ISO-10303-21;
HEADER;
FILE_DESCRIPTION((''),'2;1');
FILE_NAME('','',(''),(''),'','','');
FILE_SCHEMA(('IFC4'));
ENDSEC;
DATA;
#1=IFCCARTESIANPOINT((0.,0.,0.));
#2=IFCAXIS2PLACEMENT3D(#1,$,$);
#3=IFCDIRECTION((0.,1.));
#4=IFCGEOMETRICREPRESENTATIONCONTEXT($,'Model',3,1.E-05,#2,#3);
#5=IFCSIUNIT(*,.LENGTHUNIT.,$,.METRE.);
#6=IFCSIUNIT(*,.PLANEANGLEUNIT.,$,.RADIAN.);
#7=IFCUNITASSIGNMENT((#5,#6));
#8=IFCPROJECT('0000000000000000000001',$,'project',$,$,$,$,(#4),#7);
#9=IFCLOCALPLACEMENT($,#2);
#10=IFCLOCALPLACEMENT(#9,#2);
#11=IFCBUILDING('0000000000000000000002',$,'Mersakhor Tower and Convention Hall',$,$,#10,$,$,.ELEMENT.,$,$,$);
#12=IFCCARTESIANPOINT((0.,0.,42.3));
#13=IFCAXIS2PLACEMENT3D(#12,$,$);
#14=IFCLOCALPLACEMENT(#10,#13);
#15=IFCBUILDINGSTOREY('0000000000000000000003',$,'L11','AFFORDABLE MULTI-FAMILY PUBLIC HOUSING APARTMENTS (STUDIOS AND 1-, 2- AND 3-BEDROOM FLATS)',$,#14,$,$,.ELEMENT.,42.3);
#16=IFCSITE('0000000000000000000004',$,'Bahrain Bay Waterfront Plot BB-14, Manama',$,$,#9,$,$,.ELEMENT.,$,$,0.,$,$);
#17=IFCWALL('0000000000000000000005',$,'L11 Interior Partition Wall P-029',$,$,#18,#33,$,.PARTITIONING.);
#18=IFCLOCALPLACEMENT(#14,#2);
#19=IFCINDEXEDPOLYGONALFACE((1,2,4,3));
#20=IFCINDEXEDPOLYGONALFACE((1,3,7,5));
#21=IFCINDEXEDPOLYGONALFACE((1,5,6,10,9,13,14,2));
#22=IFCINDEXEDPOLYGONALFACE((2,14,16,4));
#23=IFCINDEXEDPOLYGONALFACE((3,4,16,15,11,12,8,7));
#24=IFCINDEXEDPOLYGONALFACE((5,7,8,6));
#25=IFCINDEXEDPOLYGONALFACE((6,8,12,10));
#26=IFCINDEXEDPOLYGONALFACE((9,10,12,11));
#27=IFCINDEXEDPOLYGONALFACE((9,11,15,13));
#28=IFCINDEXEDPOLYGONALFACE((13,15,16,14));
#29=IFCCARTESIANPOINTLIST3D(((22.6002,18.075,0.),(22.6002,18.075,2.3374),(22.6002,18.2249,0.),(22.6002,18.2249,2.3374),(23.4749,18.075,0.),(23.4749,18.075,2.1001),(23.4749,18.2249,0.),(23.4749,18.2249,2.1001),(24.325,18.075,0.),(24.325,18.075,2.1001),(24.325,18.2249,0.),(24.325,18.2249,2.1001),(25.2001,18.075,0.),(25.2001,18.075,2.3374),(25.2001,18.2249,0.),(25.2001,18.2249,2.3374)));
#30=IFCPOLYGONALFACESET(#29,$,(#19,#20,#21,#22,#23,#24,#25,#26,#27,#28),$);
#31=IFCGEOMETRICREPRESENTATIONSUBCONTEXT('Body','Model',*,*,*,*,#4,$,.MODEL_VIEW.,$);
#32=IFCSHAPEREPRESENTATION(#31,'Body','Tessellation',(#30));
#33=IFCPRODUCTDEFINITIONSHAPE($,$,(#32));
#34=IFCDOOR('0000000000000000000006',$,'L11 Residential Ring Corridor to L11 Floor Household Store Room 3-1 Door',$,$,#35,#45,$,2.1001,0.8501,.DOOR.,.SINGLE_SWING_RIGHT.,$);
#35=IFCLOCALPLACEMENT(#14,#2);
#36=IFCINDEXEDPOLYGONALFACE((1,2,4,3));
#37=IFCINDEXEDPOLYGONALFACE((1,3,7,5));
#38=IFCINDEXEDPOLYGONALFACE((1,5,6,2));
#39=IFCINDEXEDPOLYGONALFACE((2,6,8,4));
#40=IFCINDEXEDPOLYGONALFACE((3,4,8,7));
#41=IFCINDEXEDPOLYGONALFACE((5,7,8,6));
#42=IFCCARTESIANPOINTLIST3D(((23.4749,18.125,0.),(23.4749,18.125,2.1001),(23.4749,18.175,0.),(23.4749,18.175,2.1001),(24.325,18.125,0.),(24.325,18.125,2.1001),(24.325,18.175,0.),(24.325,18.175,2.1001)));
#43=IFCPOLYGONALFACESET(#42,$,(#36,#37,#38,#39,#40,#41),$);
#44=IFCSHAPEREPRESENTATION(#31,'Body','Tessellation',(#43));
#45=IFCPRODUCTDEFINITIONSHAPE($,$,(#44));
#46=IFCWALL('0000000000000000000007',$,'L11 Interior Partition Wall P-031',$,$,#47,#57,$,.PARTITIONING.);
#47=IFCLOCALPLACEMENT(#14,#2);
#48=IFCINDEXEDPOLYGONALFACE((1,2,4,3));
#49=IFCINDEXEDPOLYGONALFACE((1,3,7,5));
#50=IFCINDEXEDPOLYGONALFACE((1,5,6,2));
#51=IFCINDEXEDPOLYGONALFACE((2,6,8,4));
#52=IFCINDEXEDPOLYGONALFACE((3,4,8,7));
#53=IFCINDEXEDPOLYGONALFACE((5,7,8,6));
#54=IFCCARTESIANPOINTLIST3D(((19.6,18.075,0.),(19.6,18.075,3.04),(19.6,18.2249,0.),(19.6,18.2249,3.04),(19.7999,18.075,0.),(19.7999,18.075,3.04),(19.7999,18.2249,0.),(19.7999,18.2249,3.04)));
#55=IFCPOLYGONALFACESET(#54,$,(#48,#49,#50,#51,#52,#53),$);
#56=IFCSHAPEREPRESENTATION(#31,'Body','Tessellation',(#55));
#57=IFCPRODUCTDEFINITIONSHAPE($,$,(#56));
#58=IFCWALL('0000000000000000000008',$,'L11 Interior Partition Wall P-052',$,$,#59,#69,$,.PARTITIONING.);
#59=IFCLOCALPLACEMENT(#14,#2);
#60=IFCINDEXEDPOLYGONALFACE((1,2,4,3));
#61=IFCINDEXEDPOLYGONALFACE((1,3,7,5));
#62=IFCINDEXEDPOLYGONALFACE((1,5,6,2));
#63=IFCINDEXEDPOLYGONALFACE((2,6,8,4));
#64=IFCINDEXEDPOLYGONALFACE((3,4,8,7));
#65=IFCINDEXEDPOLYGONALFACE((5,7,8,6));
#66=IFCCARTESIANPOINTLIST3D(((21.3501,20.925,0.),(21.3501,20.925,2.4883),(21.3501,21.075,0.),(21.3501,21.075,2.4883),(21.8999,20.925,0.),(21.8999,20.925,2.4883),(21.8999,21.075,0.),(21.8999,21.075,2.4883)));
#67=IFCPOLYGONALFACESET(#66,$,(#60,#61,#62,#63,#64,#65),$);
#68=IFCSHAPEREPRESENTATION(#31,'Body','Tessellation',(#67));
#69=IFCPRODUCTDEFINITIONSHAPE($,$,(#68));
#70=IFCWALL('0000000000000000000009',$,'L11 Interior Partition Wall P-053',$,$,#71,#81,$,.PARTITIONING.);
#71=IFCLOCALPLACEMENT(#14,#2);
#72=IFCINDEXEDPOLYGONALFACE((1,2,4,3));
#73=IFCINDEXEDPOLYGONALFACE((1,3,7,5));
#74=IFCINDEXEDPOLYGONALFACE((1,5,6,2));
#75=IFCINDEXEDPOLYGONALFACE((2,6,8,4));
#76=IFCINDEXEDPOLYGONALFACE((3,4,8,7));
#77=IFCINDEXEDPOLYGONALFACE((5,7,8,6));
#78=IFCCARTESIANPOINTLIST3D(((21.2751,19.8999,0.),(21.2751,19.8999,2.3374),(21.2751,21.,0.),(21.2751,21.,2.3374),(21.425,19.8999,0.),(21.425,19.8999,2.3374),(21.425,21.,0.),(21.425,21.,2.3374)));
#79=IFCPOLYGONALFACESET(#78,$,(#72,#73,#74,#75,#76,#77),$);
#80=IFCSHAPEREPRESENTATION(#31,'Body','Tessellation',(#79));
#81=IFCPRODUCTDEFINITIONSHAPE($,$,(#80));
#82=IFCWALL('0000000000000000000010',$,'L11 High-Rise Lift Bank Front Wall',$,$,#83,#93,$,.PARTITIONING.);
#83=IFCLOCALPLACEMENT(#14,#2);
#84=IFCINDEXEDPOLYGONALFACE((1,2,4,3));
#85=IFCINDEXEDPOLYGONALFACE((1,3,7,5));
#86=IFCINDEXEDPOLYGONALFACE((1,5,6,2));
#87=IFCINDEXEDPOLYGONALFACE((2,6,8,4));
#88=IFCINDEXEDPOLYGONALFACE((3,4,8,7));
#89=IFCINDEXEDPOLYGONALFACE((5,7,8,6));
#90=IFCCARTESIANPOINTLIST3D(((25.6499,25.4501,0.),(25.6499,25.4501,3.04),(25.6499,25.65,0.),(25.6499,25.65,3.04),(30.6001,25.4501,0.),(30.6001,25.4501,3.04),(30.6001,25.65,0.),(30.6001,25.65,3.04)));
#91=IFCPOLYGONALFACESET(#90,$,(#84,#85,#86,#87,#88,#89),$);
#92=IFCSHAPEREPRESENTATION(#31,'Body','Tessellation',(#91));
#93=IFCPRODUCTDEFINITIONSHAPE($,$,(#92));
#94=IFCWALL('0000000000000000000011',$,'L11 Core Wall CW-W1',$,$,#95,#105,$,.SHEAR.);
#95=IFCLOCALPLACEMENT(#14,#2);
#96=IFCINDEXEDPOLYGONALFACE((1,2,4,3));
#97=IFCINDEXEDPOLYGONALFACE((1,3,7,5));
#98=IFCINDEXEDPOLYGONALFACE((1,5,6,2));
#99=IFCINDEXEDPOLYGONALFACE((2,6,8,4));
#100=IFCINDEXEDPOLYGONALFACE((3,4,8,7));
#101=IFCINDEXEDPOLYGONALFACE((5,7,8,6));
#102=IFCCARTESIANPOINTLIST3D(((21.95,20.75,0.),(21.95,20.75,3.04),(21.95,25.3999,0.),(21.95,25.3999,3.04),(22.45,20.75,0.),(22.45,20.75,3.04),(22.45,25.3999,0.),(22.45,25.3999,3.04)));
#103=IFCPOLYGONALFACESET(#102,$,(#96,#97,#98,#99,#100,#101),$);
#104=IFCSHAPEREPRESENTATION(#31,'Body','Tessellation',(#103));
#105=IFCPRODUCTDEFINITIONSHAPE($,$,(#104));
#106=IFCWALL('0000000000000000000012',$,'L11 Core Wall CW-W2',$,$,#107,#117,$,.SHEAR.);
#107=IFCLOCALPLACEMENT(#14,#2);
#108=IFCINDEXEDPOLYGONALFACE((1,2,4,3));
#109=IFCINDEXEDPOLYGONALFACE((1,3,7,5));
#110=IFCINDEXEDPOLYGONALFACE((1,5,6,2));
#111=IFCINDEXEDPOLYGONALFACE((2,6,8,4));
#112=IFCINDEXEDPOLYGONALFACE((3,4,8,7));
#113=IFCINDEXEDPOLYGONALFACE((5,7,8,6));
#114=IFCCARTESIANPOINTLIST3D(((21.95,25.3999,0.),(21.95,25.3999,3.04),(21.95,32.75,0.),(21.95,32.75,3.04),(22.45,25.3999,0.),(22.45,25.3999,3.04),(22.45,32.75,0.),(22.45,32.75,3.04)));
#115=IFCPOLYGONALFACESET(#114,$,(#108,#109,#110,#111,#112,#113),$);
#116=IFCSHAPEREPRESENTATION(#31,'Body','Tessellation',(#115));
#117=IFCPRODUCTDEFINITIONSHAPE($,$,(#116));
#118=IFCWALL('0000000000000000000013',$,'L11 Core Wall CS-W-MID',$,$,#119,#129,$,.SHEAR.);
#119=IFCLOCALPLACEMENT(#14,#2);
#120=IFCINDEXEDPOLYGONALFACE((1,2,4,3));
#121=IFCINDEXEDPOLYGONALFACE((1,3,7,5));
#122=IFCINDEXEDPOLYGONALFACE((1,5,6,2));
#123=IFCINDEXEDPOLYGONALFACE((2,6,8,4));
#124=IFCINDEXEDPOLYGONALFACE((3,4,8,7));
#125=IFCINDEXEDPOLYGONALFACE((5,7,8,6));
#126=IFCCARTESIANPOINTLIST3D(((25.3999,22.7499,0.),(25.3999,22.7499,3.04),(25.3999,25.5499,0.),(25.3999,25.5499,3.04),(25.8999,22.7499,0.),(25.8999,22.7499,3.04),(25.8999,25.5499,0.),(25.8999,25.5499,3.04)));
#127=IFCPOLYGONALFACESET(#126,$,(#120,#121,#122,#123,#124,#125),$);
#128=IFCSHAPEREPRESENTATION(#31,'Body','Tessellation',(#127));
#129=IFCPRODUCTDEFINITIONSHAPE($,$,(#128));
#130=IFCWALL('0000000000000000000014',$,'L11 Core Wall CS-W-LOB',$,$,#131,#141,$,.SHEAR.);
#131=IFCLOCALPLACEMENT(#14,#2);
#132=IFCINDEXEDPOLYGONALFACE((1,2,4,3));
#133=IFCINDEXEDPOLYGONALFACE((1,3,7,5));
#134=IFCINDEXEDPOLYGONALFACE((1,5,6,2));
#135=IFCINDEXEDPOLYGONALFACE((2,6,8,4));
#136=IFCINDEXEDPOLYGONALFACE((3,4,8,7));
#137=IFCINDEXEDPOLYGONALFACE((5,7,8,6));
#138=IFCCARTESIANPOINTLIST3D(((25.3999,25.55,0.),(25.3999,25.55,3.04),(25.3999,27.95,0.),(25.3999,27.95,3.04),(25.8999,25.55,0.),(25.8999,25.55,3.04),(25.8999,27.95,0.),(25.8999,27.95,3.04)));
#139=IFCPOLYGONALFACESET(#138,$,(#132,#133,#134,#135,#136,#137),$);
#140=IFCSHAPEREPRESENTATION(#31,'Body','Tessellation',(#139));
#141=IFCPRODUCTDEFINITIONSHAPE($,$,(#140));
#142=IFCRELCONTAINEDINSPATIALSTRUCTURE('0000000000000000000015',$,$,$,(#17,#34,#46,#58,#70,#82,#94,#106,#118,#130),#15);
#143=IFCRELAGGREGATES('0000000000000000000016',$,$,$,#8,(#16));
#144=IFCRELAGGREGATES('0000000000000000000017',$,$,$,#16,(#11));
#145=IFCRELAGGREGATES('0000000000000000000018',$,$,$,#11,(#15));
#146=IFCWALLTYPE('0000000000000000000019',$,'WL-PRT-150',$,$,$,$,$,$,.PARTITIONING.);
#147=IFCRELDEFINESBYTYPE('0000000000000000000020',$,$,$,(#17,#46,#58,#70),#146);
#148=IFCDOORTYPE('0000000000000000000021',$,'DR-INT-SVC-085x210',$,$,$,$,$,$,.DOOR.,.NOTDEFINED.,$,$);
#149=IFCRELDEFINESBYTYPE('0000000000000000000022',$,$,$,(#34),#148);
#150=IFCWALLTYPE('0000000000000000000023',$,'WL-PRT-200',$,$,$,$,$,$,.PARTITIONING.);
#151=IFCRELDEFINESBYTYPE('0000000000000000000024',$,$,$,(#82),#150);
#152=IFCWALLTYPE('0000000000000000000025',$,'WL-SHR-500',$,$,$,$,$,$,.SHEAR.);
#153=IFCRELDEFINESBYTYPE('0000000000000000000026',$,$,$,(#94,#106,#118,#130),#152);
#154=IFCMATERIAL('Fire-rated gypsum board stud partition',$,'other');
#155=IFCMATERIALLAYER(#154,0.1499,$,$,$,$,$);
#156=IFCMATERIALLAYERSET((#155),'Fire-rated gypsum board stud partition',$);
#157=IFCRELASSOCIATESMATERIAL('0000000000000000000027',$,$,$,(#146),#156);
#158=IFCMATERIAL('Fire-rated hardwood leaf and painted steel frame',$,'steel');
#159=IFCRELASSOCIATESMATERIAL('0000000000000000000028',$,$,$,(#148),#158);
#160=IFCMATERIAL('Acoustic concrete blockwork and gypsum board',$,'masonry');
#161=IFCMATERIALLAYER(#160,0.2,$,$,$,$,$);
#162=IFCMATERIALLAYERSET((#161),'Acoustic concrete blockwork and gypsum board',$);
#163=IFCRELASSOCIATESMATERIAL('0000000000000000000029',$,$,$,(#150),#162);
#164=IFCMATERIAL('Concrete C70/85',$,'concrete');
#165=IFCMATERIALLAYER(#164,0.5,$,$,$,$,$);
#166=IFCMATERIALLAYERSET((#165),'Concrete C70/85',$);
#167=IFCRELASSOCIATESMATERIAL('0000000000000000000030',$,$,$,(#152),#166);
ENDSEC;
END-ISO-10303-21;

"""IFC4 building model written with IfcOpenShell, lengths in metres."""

from ifc_helpers import new_model, si_unit, direction, frame, frame_2d, origin, place, context, subcontext, project, spatial, rectangle, extrude, material, layer, layer_set, type_object, element, fill, save


model = new_model("IFC4")

# Units and contexts
model_context = context("Model", 3, precision=1e-05, world=origin(), true_north=direction((0.0, 1.0)))
body_context = subcontext(model_context, "Body", "Model", "MODEL_VIEW")
ifc_project = project(units=[si_unit("LENGTHUNIT", "METRE"), si_unit("PLANEANGLEUNIT", "RADIAN")], contexts=[model_context])

# Site, building, storey
site_placement = place(None, origin())
site = spatial("IfcSite", under=ifc_project, at=site_placement, Name="Bahrain Bay Waterfront Plot BB-14, Manama", CompositionType="ELEMENT", RefElevation=0.0)
building_placement = place(site_placement, origin())
building = spatial("IfcBuilding", under=site, at=building_placement, Name="Mersakhor Tower and Convention Hall", CompositionType="ELEMENT")
storey_placement = place(building_placement, frame((0.0, 0.0, 42.3)))
storey = spatial("IfcBuildingStorey", under=building, at=storey_placement, Name="L11", Description="AFFORDABLE MULTI-FAMILY PUBLIC HOUSING APARTMENTS (STUDIOS AND 1-, 2- AND 3-BEDROOM FLATS)", CompositionType="ELEMENT", Elevation=42.3)

# Shared definitions
ifc_material_1 = material(Name="Fire-rated gypsum board stud partition", Category="other")
ifc_layer_1 = layer(ifc_material_1, 0.1499)
ifc_layer_set_1 = layer_set([ifc_layer_1], Name="Fire-rated gypsum board stud partition")
wall_type_1 = type_object("IfcWallType", Name="WL-PRT-150", PredefinedType="PARTITIONING", material=ifc_layer_set_1)

# Wall, opening, door
wall_1_placement = place(storey_placement, frame((25.2, 18.1499, 0.0), z_axis=(0.0, 0.0, 1.0), x_axis=(-1.0, 0.0, 0.0)))
wall_1 = element("IfcWall", 1, at=wall_1_placement, inside=storey, type_object=wall_type_1, Name="L11 Interior Partition Wall P-029", PredefinedType="PARTITIONING", context=body_context, shape_type="SweptSolid", body=[
    extrude(rectangle(XDim=2.5999, YDim=0.1499, at=frame_2d((1.2998, 0.0))), origin(), (0.0, 0.0, 1.0), 2.3374),
])
opening_1_placement = place(wall_1_placement, frame((0.875, 0.0, 0.0)))
opening_1 = element("IfcOpeningElement", 2, at=opening_1_placement, cuts=wall_1, PredefinedType="OPENING", context=body_context, shape_type="SweptSolid", body=[
    extrude(rectangle(XDim=0.8501, YDim=2.1001, at=frame_2d((0.425, 1.05))), frame((0.0, 0.085, 0.0), z_axis=(0.0, -1.0, 0.0), x_axis=(1.0, 0.0, 0.0)), (0.0, 0.0, 1.0), 0.1699),
])
ifc_material_2 = material(Name="Fire-rated hardwood leaf and painted steel frame", Category="steel")
door_type_1 = type_object("IfcDoorType", Name="DR-INT-SVC-085x210", OperationType="NOTDEFINED", PredefinedType="DOOR", material=ifc_material_2)
door_1_placement = place(opening_1_placement, origin())
door_1 = element("IfcDoor", 3, at=door_1_placement, inside=storey, type_object=door_type_1, Name="L11 Residential Ring Corridor to L11 Floor Household Store Room 3-1 Door", OperationType="SINGLE_SWING_RIGHT", OverallHeight=2.1001, OverallWidth=0.8501, PredefinedType="DOOR", context=body_context, shape_type="SweptSolid", body=[
    extrude(rectangle(XDim=0.8501, YDim=2.1001, at=frame_2d((0.425, 1.05))), frame((0.0, 0.0249, 0.0), z_axis=(0.0, -1.0, 0.0), x_axis=(1.0, 0.0, 0.0)), (0.0, 0.0, 1.0), 0.05),
])
fill(opening_1, door_1)

# Walls
wall_2_placement = place(storey_placement, frame((19.8, 18.1499, 0.0), z_axis=(0.0, 0.0, 1.0), x_axis=(-1.0, 0.0, 0.0)))
element("IfcWall", 4, at=wall_2_placement, inside=storey, type_object=wall_type_1, Name="L11 Interior Partition Wall P-031", PredefinedType="PARTITIONING", context=body_context, shape_type="SweptSolid", body=[
    extrude(rectangle(XDim=0.2, YDim=0.1499, at=frame_2d((0.1001, 0.0))), origin(), (0.0, 0.0, 1.0), 3.04),
])
wall_3_placement = place(storey_placement, frame((21.8999, 21.0, 0.0), z_axis=(0.0, 0.0, 1.0), x_axis=(-1.0, 0.0, 0.0)))
element("IfcWall", 5, at=wall_3_placement, inside=storey, type_object=wall_type_1, Name="L11 Interior Partition Wall P-052", PredefinedType="PARTITIONING", context=body_context, shape_type="SweptSolid", body=[
    extrude(rectangle(XDim=0.5498, YDim=0.1499, at=frame_2d((0.2749, 0.0))), origin(), (0.0, 0.0, 1.0), 2.4883),
])
wall_4_placement = place(storey_placement, frame((21.3501, 21.0, 0.0), z_axis=(0.0, 0.0, 1.0), x_axis=(0.0, -1.0, 0.0)))
element("IfcWall", 6, at=wall_4_placement, inside=storey, type_object=wall_type_1, Name="L11 Interior Partition Wall P-053", PredefinedType="PARTITIONING", context=body_context, shape_type="SweptSolid", body=[
    extrude(rectangle(XDim=1.1001, YDim=0.1499, at=frame_2d((0.55, 0.0))), origin(), (0.0, 0.0, 1.0), 2.3374),
])
ifc_material_3 = material(Name="Acoustic concrete blockwork and gypsum board", Category="masonry")
ifc_layer_2 = layer(ifc_material_3, 0.2)
ifc_layer_set_2 = layer_set([ifc_layer_2], Name="Acoustic concrete blockwork and gypsum board")
wall_type_2 = type_object("IfcWallType", Name="WL-PRT-200", PredefinedType="PARTITIONING", material=ifc_layer_set_2)
wall_5_placement = place(storey_placement, frame((25.6499, 25.55, 0.0), z_axis=(0.0, 0.0, 1.0), x_axis=(1.0, 0.0, 0.0)))
element("IfcWall", 7, at=wall_5_placement, inside=storey, type_object=wall_type_2, Name="L11 High-Rise Lift Bank Front Wall", PredefinedType="PARTITIONING", context=body_context, shape_type="SweptSolid", body=[
    extrude(rectangle(XDim=4.9502, YDim=0.2, at=frame_2d((2.4751, 0.0))), origin(), (0.0, 0.0, 1.0), 3.04),
])

# Walls
ifc_material_4 = material(Name="Concrete C70/85", Category="concrete")
ifc_layer_3 = layer(ifc_material_4, 0.5)
ifc_layer_set_3 = layer_set([ifc_layer_3], Name="Concrete C70/85")
wall_type_3 = type_object("IfcWallType", Name="WL-SHR-500", PredefinedType="SHEAR", material=ifc_layer_set_3)
wall_6_placement = place(storey_placement, frame((22.2, 20.75, 0.0), z_axis=(0.0, 0.0, 1.0), x_axis=(0.0, 1.0, 0.0)))
element("IfcWall", 8, at=wall_6_placement, inside=storey, type_object=wall_type_3, Name="L11 Core Wall CW-W1", PredefinedType="SHEAR", context=body_context, shape_type="SweptSolid", body=[
    extrude(rectangle(XDim=4.6499, YDim=0.5, at=frame_2d((2.325, 0.0))), origin(), (0.0, 0.0, 1.0), 3.04),
])
wall_7_placement = place(storey_placement, frame((22.2, 25.3999, 0.0), z_axis=(0.0, 0.0, 1.0), x_axis=(0.0, 1.0, 0.0)))
element("IfcWall", 9, at=wall_7_placement, inside=storey, type_object=wall_type_3, Name="L11 Core Wall CW-W2", PredefinedType="SHEAR", context=body_context, shape_type="SweptSolid", body=[
    extrude(rectangle(XDim=7.3501, YDim=0.5, at=frame_2d((3.675, 0.0))), origin(), (0.0, 0.0, 1.0), 3.04),
])

# Walls
wall_8_placement = place(storey_placement, frame((25.6499, 22.75, 0.0), z_axis=(0.0, 0.0, 1.0), x_axis=(0.0, 1.0, 0.0)))
element("IfcWall", 10, at=wall_8_placement, inside=storey, type_object=wall_type_3, Name="L11 Core Wall CS-W-MID", PredefinedType="SHEAR", context=body_context, shape_type="SweptSolid", body=[
    extrude(rectangle(XDim=2.8, YDim=0.5, at=frame_2d((1.3999, 0.0))), origin(), (0.0, 0.0, 1.0), 3.04),
])
wall_9_placement = place(storey_placement, frame((25.6499, 25.55, 0.0), z_axis=(0.0, 0.0, 1.0), x_axis=(0.0, 1.0, 0.0)))
element("IfcWall", 11, at=wall_9_placement, inside=storey, type_object=wall_type_3, Name="L11 Core Wall CS-W-LOB", PredefinedType="SHEAR", context=body_context, shape_type="SweptSolid", body=[
    extrude(rectangle(XDim=2.3999, YDim=0.5, at=frame_2d((1.2, 0.0))), origin(), (0.0, 0.0, 1.0), 3.04),
])

save(model, "model.ifc")
